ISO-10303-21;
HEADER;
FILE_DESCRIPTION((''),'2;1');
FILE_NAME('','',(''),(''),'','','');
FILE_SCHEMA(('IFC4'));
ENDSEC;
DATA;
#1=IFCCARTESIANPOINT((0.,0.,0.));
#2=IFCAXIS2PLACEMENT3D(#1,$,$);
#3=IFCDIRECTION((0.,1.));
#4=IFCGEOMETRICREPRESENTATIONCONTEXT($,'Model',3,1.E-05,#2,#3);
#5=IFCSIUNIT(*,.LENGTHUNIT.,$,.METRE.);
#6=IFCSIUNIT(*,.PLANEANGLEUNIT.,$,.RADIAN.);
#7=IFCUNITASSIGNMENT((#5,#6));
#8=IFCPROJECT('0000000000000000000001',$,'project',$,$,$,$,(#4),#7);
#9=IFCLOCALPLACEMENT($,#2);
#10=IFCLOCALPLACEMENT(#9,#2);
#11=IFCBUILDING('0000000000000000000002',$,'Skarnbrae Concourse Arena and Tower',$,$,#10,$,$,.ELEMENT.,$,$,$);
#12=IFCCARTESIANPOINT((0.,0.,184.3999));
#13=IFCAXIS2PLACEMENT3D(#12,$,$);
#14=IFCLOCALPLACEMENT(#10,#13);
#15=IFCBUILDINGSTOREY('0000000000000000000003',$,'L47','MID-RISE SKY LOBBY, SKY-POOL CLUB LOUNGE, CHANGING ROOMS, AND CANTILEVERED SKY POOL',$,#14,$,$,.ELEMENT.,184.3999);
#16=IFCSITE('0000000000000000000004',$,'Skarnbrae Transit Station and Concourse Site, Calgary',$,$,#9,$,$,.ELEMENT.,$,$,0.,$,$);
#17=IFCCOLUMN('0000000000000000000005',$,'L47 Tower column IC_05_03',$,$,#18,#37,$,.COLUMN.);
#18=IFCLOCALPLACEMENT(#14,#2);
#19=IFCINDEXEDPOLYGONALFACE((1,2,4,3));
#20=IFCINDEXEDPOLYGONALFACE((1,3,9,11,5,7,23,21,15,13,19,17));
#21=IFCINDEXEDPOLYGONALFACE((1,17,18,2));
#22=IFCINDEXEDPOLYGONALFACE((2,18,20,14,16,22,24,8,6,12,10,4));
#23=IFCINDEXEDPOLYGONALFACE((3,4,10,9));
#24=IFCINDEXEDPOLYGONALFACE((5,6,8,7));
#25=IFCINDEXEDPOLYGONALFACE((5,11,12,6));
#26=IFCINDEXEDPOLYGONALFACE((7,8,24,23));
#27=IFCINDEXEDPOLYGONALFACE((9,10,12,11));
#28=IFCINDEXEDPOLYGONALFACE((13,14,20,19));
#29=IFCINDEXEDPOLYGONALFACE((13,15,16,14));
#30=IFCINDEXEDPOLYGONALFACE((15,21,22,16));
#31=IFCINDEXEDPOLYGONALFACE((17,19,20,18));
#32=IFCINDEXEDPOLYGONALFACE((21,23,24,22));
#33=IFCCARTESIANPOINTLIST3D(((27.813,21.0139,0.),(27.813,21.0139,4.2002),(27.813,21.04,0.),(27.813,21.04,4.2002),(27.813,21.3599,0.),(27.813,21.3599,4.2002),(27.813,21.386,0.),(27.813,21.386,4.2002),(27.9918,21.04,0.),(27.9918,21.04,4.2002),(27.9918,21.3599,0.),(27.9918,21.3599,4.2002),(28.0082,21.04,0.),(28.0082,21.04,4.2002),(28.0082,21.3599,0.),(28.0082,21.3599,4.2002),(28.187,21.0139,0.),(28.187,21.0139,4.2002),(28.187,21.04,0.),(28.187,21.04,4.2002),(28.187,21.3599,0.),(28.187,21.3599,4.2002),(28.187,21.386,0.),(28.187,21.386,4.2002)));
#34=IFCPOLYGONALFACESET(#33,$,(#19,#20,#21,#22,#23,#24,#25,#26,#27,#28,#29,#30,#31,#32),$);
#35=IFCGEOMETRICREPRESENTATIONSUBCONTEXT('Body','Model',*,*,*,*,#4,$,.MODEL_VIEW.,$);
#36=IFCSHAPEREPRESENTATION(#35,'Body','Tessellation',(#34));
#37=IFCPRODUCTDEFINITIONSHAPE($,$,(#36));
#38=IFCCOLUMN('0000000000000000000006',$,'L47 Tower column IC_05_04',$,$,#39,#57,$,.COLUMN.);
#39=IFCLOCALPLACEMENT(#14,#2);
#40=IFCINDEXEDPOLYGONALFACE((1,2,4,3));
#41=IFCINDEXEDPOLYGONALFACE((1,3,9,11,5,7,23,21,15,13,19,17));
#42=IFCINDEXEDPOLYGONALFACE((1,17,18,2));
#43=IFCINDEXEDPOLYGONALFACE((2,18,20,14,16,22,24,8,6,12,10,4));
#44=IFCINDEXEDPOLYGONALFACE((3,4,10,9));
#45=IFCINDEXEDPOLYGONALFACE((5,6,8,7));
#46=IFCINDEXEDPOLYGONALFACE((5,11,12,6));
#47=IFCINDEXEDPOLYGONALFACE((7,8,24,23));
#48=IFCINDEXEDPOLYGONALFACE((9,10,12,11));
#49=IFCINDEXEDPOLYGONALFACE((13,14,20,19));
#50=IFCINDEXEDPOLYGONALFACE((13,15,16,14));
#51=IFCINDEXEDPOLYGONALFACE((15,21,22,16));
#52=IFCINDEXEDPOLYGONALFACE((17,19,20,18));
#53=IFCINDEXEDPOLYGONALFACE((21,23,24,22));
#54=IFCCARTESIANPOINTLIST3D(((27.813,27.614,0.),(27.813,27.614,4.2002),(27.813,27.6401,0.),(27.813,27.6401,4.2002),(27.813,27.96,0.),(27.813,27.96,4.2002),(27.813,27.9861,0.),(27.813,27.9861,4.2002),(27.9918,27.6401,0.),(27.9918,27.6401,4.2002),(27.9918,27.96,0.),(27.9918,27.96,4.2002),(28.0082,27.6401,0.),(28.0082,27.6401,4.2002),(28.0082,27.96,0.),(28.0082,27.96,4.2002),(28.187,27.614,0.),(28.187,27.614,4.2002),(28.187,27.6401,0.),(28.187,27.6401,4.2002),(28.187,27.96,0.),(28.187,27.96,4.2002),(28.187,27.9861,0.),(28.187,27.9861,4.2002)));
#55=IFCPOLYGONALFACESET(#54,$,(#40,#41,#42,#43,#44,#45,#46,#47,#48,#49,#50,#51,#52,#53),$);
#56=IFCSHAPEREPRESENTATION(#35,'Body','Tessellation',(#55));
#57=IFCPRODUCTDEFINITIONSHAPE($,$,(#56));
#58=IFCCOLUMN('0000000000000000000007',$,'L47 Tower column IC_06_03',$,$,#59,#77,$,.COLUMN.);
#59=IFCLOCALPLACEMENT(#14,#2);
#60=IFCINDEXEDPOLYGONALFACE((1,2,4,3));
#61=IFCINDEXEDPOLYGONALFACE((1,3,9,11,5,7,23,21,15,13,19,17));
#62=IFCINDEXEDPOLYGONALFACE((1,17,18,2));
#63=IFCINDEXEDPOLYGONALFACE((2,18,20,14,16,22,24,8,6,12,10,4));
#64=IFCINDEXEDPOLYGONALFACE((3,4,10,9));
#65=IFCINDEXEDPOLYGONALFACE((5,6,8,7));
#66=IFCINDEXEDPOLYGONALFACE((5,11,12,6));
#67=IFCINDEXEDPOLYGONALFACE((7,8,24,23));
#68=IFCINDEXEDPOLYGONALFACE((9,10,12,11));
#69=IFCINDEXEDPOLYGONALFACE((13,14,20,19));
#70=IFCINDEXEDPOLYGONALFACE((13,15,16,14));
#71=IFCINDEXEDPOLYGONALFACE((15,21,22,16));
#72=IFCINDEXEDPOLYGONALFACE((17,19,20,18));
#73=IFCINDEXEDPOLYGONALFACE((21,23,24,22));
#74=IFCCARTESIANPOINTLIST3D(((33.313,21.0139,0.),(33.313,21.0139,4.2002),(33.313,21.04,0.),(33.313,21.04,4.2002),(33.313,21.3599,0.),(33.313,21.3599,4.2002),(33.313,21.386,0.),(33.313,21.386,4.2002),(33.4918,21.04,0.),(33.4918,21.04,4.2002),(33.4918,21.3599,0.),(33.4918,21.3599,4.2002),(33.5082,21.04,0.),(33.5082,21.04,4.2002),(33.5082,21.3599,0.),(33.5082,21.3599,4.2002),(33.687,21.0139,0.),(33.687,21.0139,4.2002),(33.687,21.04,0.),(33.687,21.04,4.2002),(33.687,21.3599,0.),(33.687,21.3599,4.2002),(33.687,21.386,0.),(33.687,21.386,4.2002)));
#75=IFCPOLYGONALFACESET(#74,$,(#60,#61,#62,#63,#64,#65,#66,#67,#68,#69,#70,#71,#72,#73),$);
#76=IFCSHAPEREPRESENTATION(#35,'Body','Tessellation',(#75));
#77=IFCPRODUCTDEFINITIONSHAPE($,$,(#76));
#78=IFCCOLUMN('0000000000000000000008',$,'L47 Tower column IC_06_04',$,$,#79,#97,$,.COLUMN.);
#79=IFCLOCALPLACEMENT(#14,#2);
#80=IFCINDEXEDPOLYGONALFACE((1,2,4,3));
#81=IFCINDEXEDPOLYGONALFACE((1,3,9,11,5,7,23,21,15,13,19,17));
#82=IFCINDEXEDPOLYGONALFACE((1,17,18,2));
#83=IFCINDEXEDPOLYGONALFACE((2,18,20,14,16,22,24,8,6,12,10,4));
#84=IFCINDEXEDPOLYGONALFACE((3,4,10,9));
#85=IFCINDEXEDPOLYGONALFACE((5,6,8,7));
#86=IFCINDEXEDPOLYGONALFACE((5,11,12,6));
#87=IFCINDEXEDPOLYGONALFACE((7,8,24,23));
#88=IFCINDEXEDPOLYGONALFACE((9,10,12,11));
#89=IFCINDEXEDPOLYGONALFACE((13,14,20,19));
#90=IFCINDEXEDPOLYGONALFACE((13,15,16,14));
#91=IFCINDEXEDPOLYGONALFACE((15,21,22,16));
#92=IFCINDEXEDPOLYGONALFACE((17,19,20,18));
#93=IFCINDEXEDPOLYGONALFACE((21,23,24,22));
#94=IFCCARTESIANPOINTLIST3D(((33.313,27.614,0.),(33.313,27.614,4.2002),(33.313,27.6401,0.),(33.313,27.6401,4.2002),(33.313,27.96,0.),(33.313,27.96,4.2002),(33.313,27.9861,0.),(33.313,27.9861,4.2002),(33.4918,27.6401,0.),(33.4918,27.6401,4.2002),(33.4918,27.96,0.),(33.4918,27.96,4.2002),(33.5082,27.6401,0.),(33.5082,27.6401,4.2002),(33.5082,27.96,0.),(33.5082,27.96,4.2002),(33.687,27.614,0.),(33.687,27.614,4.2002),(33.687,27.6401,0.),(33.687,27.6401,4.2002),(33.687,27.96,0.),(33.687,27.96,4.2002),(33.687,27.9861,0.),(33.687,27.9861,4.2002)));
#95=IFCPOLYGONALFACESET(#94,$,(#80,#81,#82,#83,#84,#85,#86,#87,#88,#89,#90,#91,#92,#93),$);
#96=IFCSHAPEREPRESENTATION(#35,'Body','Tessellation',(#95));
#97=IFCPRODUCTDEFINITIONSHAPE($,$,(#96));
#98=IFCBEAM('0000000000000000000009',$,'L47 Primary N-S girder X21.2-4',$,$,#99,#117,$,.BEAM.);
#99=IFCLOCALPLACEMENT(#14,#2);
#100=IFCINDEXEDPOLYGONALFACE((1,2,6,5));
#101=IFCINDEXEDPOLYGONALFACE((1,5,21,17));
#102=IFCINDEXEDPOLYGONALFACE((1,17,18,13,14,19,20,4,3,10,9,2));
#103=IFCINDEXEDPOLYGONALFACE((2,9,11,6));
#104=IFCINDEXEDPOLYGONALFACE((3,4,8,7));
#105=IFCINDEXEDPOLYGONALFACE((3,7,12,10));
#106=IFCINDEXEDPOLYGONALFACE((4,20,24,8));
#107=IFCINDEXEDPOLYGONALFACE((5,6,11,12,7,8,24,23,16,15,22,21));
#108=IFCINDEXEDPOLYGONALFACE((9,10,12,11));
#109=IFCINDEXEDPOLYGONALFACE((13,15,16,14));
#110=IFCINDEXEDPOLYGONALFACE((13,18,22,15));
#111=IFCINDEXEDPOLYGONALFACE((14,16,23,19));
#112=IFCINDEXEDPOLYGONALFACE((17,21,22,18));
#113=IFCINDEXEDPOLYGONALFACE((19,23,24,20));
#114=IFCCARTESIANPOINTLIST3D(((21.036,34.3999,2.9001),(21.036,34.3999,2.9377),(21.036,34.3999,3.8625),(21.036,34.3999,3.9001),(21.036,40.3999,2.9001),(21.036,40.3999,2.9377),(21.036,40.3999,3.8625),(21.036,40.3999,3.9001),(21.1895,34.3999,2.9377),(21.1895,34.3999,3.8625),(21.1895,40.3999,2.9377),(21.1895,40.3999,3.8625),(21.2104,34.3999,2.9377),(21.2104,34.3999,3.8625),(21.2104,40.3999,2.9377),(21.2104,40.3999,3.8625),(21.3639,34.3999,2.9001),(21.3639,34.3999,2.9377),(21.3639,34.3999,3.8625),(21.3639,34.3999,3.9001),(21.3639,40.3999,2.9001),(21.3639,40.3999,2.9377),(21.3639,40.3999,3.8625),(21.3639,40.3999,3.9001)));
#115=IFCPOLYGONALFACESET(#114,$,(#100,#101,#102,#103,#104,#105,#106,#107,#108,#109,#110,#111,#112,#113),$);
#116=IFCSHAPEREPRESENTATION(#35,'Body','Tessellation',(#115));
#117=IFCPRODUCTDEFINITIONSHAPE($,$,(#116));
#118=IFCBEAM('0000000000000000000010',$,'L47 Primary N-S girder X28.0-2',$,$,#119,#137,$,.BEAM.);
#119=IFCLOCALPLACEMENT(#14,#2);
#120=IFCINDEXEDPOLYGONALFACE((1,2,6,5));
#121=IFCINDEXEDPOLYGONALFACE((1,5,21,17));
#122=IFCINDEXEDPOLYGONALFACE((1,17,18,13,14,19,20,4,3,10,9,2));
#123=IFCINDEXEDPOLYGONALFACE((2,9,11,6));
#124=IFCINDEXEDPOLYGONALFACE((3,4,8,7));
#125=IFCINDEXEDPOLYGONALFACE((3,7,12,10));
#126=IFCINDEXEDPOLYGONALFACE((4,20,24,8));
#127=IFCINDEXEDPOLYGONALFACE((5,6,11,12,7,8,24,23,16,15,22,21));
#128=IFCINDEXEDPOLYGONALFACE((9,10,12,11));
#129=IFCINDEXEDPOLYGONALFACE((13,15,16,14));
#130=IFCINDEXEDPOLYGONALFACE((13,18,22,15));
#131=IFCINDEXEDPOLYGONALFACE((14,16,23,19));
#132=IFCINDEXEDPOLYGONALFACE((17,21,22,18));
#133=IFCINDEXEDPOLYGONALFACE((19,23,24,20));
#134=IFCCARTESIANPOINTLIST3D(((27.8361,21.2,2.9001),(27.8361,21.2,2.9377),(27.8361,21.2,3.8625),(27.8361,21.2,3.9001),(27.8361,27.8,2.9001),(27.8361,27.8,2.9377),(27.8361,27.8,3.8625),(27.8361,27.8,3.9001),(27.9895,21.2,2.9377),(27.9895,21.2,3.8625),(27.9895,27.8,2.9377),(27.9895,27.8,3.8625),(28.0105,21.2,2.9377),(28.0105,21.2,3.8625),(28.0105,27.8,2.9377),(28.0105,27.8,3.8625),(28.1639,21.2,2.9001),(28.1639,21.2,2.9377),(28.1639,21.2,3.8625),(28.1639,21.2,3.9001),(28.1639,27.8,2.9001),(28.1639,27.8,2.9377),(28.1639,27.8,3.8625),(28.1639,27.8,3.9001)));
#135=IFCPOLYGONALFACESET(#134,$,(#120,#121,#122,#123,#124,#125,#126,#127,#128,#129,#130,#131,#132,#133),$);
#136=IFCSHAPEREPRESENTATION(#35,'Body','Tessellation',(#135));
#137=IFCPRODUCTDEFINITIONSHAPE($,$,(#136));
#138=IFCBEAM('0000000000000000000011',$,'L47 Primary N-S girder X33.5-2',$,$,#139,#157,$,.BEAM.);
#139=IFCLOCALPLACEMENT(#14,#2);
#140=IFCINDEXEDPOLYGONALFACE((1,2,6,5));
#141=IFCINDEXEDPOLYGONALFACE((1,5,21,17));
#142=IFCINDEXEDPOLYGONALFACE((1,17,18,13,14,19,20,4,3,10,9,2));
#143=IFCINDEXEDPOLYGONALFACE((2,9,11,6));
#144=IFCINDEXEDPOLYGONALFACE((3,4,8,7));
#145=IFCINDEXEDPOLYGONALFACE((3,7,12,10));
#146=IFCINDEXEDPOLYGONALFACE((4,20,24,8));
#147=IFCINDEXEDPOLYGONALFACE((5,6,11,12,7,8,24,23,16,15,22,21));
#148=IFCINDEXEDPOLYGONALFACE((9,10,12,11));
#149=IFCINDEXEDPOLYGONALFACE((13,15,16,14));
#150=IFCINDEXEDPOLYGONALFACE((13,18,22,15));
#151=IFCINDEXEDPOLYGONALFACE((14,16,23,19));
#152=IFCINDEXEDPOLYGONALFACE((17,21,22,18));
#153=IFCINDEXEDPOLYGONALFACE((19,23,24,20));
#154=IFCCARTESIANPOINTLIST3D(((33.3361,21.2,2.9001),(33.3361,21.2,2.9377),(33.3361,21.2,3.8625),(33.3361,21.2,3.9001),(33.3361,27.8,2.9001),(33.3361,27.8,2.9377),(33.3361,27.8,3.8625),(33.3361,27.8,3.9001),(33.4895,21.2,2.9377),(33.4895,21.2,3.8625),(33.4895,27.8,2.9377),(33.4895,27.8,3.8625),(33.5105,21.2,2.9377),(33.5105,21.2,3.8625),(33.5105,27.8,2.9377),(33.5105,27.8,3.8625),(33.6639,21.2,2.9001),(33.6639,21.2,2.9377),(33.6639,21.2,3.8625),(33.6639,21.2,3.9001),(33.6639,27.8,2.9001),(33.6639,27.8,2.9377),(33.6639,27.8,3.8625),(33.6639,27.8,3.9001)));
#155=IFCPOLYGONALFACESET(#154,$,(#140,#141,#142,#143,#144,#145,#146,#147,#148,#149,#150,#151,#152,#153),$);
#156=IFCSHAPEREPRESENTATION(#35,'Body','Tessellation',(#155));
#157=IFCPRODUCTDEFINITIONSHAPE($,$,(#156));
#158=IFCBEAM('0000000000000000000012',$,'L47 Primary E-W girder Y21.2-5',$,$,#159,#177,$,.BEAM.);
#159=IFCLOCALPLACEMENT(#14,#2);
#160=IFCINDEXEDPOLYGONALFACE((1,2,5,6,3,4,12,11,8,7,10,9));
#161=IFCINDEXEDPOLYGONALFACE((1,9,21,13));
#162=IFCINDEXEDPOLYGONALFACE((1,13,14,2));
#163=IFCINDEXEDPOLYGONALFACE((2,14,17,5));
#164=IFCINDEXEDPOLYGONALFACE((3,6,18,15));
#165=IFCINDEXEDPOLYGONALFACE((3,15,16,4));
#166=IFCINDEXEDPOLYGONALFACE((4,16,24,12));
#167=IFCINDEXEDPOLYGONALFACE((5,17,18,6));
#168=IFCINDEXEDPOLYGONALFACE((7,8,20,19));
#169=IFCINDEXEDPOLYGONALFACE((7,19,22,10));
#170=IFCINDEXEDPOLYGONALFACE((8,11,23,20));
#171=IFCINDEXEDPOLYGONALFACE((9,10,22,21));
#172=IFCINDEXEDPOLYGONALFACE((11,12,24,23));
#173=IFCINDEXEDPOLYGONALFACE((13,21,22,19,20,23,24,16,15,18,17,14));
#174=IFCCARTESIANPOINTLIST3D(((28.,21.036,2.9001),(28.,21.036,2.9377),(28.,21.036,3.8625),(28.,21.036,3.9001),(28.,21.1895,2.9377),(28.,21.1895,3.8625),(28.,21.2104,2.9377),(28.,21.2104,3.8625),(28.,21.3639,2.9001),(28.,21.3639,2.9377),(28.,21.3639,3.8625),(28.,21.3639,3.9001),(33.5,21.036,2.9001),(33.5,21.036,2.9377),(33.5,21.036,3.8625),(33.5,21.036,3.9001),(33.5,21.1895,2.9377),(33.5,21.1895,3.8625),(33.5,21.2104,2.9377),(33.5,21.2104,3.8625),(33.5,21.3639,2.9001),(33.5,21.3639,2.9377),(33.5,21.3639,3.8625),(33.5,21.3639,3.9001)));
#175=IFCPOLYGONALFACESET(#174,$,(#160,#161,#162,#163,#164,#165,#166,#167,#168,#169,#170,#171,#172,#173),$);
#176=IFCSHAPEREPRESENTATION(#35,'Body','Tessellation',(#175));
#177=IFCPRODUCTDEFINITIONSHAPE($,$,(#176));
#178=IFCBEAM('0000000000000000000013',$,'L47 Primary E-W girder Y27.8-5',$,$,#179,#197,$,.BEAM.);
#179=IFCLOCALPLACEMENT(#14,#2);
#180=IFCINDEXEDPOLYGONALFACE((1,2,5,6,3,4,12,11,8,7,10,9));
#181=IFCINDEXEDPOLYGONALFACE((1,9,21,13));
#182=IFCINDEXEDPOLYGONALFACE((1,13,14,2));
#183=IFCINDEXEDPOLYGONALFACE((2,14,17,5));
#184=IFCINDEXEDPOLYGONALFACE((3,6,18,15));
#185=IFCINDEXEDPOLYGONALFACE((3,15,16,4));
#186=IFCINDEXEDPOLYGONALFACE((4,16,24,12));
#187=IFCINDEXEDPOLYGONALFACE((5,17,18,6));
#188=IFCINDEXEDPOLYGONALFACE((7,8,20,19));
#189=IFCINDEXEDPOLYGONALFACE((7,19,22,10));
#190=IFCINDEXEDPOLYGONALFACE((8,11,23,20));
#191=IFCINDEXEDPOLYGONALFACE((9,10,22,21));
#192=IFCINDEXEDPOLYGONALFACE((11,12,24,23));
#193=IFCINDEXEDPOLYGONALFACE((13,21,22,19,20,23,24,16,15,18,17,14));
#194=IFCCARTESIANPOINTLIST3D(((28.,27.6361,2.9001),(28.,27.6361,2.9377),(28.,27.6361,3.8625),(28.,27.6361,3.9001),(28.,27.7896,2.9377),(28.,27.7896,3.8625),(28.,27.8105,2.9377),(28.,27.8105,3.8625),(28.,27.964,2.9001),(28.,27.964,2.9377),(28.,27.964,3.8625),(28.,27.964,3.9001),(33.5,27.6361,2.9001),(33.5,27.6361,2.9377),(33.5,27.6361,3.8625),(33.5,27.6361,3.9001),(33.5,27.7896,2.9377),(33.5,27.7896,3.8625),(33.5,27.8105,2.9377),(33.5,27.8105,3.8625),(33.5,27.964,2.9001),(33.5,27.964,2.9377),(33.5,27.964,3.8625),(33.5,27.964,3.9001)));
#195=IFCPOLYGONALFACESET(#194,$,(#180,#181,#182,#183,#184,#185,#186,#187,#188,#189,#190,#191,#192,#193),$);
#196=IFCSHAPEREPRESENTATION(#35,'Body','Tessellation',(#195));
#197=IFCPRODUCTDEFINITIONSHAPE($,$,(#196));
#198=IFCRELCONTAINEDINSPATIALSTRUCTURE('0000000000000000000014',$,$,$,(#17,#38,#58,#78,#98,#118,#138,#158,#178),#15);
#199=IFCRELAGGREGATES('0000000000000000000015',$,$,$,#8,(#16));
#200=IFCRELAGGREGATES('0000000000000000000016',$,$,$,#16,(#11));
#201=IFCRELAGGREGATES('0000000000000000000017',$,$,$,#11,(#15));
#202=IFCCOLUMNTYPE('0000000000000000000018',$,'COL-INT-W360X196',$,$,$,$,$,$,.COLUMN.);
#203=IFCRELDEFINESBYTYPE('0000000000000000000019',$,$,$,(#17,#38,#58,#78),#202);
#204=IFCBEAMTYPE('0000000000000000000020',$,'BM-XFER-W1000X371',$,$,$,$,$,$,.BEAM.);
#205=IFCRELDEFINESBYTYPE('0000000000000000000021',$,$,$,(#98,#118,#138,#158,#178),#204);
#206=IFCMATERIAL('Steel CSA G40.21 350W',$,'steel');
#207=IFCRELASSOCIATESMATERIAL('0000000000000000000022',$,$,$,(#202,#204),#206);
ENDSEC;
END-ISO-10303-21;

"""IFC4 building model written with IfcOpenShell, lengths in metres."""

from ifc_helpers import new_model, si_unit, direction, frame, origin, origin_2d, place, context, subcontext, project, spatial, i_section, extrude, source, transform, mapped, material, material_profile, profile_set, type_object, element, save


model = new_model("IFC4")

# Units and contexts
model_context = context("Model", 3, precision=1e-05, world=origin(), true_north=direction((0.0, 1.0)))
body_context = subcontext(model_context, "Body", "Model", "MODEL_VIEW")
ifc_project = project(units=[si_unit("LENGTHUNIT", "METRE"), si_unit("PLANEANGLEUNIT", "RADIAN")], contexts=[model_context])

# Site, building, storey
site_placement = place(None, origin())
site = spatial("IfcSite", under=ifc_project, at=site_placement, Name="Skarnbrae Transit Station and Concourse Site, Calgary", CompositionType="ELEMENT", RefElevation=0.0)
building_placement = place(site_placement, origin())
building = spatial("IfcBuilding", under=site, at=building_placement, Name="Skarnbrae Concourse Arena and Tower", CompositionType="ELEMENT")
storey_placement = place(building_placement, frame((0.0, 0.0, 184.3999)))
storey = spatial("IfcBuildingStorey", under=building, at=storey_placement, Name="L47", Description="MID-RISE SKY LOBBY, SKY-POOL CLUB LOUNGE, CHANGING ROOMS, AND CANTILEVERED SKY POOL", CompositionType="ELEMENT", Elevation=184.3999)

# Columns
ifc_material_1 = material(Name="Steel CSA G40.21 350W", Category="steel")
ifc_material_profile_1 = material_profile(ifc_material_1, i_section(OverallWidth=0.374, OverallDepth=0.3721, WebThickness=0.0164, FlangeThickness=0.0261, at=origin_2d()), Name="W360X196")
ifc_profile_set_1 = profile_set([ifc_material_profile_1], Name="Steel CSA G40.21 350W")
column_type = type_object("IfcColumnType", Name="COL-INT-W360X196", PredefinedType="COLUMN", material=ifc_profile_set_1)
shared_shape_1 = source(origin(), body_context, "Body", "SweptSolid", [
    extrude(i_section(OverallWidth=0.374, OverallDepth=0.3721, WebThickness=0.0164, FlangeThickness=0.0261, at=origin_2d()), origin(), (0.0, 0.0, 1.0), 4.2002),
])
for number, where, z_axis, x_axis, name in (
    (1, (28.0, 21.2, 0.0), (0.0, 0.0, 1.0), (1.0, 0.0, 0.0), "L47 Tower column IC_05_03"),
    (2, (28.0, 27.8, 0.0), (0.0, 0.0, 1.0), (1.0, 0.0, 0.0), "L47 Tower column IC_05_04"),
    (3, (33.5, 21.2, 0.0), (0.0, 0.0, 1.0), (1.0, 0.0, 0.0), "L47 Tower column IC_06_03"),
    (4, (33.5, 27.8, 0.0), (0.0, 0.0, 1.0), (1.0, 0.0, 0.0), "L47 Tower column IC_06_04"),
):
    element("IfcColumn", number, at=place(storey_placement, frame(where, z_axis=z_axis, x_axis=x_axis)), inside=storey, type_object=column_type, Name=name, PredefinedType="COLUMN", context=body_context, shape_type="MappedRepresentation", body=[
        mapped(shared_shape_1, transform((0.0, 0.0, 0.0))),
    ])

# Beams
ifc_material_profile_2 = material_profile(ifc_material_1, i_section(OverallWidth=0.3279, OverallDepth=1.0, WebThickness=0.021, FlangeThickness=0.0376, at=origin_2d()), Name="W1000X371")
ifc_profile_set_2 = profile_set([ifc_material_profile_2], Name="Steel CSA G40.21 350W")
beam_type_1 = type_object("IfcBeamType", Name="BM-XFER-W1000X371", PredefinedType="BEAM", material=ifc_profile_set_2)
shared_shape_2 = source(origin(), body_context, "Body", "SweptSolid", [
    extrude(i_section(OverallWidth=0.3279, OverallDepth=1.0, WebThickness=0.021, FlangeThickness=0.0376, at=origin_2d()), origin(), (0.0, 0.0, 1.0), 6.0),
])
beam_placement = place(storey_placement, frame((21.2, 34.3999, 3.4001), z_axis=(0.0, 1.0, 0.0), x_axis=(-1.0, 0.0, 0.0)))
element("IfcBeam", 5, at=beam_placement, inside=storey, type_object=beam_type_1, Name="L47 Primary N-S girder X21.2-4", PredefinedType="BEAM", context=body_context, shape_type="MappedRepresentation", body=[
    mapped(shared_shape_2, transform((0.0, 0.0, 0.0))),
])
shared_shape_3 = source(origin(), body_context, "Body", "SweptSolid", [
    extrude(i_section(OverallWidth=0.3279, OverallDepth=1.0, WebThickness=0.021, FlangeThickness=0.0376, at=origin_2d()), origin(), (0.0, 0.0, 1.0), 6.6001),
])
for number, where, z_axis, x_axis, name in (
    (6, (28.0, 21.2, 3.4001), (0.0, 1.0, 0.0), (-1.0, 0.0, 0.0), "L47 Primary N-S girder X28.0-2"),
    (7, (33.5, 21.2, 3.4001), (0.0, 1.0, 0.0), (-1.0, 0.0, 0.0), "L47 Primary N-S girder X33.5-2"),
):
    element("IfcBeam", number, at=place(storey_placement, frame(where, z_axis=z_axis, x_axis=x_axis)), inside=storey, type_object=beam_type_1, Name=name, PredefinedType="BEAM", context=body_context, shape_type="MappedRepresentation", body=[
        mapped(shared_shape_3, transform((0.0, 0.0, 0.0))),
    ])
shared_shape_4 = source(origin(), body_context, "Body", "SweptSolid", [
    extrude(i_section(OverallWidth=0.3279, OverallDepth=1.0, WebThickness=0.021, FlangeThickness=0.0376, at=origin_2d()), origin(), (0.0, 0.0, 1.0), 5.5),
])
for number, where, z_axis, x_axis, name in (
    (8, (28.0, 21.2, 3.4001), (1.0, 0.0, 0.0), (0.0, 1.0, 0.0), "L47 Primary E-W girder Y21.2-5"),
    (9, (28.0, 27.8, 3.4001), (1.0, 0.0, 0.0), (0.0, 1.0, 0.0), "L47 Primary E-W girder Y27.8-5"),
):
    element("IfcBeam", number, at=place(storey_placement, frame(where, z_axis=z_axis, x_axis=x_axis)), inside=storey, type_object=beam_type_1, Name=name, PredefinedType="BEAM", context=body_context, shape_type="MappedRepresentation", body=[
        mapped(shared_shape_4, transform((0.0, 0.0, 0.0))),
    ])

save(model, "model.ifc")
